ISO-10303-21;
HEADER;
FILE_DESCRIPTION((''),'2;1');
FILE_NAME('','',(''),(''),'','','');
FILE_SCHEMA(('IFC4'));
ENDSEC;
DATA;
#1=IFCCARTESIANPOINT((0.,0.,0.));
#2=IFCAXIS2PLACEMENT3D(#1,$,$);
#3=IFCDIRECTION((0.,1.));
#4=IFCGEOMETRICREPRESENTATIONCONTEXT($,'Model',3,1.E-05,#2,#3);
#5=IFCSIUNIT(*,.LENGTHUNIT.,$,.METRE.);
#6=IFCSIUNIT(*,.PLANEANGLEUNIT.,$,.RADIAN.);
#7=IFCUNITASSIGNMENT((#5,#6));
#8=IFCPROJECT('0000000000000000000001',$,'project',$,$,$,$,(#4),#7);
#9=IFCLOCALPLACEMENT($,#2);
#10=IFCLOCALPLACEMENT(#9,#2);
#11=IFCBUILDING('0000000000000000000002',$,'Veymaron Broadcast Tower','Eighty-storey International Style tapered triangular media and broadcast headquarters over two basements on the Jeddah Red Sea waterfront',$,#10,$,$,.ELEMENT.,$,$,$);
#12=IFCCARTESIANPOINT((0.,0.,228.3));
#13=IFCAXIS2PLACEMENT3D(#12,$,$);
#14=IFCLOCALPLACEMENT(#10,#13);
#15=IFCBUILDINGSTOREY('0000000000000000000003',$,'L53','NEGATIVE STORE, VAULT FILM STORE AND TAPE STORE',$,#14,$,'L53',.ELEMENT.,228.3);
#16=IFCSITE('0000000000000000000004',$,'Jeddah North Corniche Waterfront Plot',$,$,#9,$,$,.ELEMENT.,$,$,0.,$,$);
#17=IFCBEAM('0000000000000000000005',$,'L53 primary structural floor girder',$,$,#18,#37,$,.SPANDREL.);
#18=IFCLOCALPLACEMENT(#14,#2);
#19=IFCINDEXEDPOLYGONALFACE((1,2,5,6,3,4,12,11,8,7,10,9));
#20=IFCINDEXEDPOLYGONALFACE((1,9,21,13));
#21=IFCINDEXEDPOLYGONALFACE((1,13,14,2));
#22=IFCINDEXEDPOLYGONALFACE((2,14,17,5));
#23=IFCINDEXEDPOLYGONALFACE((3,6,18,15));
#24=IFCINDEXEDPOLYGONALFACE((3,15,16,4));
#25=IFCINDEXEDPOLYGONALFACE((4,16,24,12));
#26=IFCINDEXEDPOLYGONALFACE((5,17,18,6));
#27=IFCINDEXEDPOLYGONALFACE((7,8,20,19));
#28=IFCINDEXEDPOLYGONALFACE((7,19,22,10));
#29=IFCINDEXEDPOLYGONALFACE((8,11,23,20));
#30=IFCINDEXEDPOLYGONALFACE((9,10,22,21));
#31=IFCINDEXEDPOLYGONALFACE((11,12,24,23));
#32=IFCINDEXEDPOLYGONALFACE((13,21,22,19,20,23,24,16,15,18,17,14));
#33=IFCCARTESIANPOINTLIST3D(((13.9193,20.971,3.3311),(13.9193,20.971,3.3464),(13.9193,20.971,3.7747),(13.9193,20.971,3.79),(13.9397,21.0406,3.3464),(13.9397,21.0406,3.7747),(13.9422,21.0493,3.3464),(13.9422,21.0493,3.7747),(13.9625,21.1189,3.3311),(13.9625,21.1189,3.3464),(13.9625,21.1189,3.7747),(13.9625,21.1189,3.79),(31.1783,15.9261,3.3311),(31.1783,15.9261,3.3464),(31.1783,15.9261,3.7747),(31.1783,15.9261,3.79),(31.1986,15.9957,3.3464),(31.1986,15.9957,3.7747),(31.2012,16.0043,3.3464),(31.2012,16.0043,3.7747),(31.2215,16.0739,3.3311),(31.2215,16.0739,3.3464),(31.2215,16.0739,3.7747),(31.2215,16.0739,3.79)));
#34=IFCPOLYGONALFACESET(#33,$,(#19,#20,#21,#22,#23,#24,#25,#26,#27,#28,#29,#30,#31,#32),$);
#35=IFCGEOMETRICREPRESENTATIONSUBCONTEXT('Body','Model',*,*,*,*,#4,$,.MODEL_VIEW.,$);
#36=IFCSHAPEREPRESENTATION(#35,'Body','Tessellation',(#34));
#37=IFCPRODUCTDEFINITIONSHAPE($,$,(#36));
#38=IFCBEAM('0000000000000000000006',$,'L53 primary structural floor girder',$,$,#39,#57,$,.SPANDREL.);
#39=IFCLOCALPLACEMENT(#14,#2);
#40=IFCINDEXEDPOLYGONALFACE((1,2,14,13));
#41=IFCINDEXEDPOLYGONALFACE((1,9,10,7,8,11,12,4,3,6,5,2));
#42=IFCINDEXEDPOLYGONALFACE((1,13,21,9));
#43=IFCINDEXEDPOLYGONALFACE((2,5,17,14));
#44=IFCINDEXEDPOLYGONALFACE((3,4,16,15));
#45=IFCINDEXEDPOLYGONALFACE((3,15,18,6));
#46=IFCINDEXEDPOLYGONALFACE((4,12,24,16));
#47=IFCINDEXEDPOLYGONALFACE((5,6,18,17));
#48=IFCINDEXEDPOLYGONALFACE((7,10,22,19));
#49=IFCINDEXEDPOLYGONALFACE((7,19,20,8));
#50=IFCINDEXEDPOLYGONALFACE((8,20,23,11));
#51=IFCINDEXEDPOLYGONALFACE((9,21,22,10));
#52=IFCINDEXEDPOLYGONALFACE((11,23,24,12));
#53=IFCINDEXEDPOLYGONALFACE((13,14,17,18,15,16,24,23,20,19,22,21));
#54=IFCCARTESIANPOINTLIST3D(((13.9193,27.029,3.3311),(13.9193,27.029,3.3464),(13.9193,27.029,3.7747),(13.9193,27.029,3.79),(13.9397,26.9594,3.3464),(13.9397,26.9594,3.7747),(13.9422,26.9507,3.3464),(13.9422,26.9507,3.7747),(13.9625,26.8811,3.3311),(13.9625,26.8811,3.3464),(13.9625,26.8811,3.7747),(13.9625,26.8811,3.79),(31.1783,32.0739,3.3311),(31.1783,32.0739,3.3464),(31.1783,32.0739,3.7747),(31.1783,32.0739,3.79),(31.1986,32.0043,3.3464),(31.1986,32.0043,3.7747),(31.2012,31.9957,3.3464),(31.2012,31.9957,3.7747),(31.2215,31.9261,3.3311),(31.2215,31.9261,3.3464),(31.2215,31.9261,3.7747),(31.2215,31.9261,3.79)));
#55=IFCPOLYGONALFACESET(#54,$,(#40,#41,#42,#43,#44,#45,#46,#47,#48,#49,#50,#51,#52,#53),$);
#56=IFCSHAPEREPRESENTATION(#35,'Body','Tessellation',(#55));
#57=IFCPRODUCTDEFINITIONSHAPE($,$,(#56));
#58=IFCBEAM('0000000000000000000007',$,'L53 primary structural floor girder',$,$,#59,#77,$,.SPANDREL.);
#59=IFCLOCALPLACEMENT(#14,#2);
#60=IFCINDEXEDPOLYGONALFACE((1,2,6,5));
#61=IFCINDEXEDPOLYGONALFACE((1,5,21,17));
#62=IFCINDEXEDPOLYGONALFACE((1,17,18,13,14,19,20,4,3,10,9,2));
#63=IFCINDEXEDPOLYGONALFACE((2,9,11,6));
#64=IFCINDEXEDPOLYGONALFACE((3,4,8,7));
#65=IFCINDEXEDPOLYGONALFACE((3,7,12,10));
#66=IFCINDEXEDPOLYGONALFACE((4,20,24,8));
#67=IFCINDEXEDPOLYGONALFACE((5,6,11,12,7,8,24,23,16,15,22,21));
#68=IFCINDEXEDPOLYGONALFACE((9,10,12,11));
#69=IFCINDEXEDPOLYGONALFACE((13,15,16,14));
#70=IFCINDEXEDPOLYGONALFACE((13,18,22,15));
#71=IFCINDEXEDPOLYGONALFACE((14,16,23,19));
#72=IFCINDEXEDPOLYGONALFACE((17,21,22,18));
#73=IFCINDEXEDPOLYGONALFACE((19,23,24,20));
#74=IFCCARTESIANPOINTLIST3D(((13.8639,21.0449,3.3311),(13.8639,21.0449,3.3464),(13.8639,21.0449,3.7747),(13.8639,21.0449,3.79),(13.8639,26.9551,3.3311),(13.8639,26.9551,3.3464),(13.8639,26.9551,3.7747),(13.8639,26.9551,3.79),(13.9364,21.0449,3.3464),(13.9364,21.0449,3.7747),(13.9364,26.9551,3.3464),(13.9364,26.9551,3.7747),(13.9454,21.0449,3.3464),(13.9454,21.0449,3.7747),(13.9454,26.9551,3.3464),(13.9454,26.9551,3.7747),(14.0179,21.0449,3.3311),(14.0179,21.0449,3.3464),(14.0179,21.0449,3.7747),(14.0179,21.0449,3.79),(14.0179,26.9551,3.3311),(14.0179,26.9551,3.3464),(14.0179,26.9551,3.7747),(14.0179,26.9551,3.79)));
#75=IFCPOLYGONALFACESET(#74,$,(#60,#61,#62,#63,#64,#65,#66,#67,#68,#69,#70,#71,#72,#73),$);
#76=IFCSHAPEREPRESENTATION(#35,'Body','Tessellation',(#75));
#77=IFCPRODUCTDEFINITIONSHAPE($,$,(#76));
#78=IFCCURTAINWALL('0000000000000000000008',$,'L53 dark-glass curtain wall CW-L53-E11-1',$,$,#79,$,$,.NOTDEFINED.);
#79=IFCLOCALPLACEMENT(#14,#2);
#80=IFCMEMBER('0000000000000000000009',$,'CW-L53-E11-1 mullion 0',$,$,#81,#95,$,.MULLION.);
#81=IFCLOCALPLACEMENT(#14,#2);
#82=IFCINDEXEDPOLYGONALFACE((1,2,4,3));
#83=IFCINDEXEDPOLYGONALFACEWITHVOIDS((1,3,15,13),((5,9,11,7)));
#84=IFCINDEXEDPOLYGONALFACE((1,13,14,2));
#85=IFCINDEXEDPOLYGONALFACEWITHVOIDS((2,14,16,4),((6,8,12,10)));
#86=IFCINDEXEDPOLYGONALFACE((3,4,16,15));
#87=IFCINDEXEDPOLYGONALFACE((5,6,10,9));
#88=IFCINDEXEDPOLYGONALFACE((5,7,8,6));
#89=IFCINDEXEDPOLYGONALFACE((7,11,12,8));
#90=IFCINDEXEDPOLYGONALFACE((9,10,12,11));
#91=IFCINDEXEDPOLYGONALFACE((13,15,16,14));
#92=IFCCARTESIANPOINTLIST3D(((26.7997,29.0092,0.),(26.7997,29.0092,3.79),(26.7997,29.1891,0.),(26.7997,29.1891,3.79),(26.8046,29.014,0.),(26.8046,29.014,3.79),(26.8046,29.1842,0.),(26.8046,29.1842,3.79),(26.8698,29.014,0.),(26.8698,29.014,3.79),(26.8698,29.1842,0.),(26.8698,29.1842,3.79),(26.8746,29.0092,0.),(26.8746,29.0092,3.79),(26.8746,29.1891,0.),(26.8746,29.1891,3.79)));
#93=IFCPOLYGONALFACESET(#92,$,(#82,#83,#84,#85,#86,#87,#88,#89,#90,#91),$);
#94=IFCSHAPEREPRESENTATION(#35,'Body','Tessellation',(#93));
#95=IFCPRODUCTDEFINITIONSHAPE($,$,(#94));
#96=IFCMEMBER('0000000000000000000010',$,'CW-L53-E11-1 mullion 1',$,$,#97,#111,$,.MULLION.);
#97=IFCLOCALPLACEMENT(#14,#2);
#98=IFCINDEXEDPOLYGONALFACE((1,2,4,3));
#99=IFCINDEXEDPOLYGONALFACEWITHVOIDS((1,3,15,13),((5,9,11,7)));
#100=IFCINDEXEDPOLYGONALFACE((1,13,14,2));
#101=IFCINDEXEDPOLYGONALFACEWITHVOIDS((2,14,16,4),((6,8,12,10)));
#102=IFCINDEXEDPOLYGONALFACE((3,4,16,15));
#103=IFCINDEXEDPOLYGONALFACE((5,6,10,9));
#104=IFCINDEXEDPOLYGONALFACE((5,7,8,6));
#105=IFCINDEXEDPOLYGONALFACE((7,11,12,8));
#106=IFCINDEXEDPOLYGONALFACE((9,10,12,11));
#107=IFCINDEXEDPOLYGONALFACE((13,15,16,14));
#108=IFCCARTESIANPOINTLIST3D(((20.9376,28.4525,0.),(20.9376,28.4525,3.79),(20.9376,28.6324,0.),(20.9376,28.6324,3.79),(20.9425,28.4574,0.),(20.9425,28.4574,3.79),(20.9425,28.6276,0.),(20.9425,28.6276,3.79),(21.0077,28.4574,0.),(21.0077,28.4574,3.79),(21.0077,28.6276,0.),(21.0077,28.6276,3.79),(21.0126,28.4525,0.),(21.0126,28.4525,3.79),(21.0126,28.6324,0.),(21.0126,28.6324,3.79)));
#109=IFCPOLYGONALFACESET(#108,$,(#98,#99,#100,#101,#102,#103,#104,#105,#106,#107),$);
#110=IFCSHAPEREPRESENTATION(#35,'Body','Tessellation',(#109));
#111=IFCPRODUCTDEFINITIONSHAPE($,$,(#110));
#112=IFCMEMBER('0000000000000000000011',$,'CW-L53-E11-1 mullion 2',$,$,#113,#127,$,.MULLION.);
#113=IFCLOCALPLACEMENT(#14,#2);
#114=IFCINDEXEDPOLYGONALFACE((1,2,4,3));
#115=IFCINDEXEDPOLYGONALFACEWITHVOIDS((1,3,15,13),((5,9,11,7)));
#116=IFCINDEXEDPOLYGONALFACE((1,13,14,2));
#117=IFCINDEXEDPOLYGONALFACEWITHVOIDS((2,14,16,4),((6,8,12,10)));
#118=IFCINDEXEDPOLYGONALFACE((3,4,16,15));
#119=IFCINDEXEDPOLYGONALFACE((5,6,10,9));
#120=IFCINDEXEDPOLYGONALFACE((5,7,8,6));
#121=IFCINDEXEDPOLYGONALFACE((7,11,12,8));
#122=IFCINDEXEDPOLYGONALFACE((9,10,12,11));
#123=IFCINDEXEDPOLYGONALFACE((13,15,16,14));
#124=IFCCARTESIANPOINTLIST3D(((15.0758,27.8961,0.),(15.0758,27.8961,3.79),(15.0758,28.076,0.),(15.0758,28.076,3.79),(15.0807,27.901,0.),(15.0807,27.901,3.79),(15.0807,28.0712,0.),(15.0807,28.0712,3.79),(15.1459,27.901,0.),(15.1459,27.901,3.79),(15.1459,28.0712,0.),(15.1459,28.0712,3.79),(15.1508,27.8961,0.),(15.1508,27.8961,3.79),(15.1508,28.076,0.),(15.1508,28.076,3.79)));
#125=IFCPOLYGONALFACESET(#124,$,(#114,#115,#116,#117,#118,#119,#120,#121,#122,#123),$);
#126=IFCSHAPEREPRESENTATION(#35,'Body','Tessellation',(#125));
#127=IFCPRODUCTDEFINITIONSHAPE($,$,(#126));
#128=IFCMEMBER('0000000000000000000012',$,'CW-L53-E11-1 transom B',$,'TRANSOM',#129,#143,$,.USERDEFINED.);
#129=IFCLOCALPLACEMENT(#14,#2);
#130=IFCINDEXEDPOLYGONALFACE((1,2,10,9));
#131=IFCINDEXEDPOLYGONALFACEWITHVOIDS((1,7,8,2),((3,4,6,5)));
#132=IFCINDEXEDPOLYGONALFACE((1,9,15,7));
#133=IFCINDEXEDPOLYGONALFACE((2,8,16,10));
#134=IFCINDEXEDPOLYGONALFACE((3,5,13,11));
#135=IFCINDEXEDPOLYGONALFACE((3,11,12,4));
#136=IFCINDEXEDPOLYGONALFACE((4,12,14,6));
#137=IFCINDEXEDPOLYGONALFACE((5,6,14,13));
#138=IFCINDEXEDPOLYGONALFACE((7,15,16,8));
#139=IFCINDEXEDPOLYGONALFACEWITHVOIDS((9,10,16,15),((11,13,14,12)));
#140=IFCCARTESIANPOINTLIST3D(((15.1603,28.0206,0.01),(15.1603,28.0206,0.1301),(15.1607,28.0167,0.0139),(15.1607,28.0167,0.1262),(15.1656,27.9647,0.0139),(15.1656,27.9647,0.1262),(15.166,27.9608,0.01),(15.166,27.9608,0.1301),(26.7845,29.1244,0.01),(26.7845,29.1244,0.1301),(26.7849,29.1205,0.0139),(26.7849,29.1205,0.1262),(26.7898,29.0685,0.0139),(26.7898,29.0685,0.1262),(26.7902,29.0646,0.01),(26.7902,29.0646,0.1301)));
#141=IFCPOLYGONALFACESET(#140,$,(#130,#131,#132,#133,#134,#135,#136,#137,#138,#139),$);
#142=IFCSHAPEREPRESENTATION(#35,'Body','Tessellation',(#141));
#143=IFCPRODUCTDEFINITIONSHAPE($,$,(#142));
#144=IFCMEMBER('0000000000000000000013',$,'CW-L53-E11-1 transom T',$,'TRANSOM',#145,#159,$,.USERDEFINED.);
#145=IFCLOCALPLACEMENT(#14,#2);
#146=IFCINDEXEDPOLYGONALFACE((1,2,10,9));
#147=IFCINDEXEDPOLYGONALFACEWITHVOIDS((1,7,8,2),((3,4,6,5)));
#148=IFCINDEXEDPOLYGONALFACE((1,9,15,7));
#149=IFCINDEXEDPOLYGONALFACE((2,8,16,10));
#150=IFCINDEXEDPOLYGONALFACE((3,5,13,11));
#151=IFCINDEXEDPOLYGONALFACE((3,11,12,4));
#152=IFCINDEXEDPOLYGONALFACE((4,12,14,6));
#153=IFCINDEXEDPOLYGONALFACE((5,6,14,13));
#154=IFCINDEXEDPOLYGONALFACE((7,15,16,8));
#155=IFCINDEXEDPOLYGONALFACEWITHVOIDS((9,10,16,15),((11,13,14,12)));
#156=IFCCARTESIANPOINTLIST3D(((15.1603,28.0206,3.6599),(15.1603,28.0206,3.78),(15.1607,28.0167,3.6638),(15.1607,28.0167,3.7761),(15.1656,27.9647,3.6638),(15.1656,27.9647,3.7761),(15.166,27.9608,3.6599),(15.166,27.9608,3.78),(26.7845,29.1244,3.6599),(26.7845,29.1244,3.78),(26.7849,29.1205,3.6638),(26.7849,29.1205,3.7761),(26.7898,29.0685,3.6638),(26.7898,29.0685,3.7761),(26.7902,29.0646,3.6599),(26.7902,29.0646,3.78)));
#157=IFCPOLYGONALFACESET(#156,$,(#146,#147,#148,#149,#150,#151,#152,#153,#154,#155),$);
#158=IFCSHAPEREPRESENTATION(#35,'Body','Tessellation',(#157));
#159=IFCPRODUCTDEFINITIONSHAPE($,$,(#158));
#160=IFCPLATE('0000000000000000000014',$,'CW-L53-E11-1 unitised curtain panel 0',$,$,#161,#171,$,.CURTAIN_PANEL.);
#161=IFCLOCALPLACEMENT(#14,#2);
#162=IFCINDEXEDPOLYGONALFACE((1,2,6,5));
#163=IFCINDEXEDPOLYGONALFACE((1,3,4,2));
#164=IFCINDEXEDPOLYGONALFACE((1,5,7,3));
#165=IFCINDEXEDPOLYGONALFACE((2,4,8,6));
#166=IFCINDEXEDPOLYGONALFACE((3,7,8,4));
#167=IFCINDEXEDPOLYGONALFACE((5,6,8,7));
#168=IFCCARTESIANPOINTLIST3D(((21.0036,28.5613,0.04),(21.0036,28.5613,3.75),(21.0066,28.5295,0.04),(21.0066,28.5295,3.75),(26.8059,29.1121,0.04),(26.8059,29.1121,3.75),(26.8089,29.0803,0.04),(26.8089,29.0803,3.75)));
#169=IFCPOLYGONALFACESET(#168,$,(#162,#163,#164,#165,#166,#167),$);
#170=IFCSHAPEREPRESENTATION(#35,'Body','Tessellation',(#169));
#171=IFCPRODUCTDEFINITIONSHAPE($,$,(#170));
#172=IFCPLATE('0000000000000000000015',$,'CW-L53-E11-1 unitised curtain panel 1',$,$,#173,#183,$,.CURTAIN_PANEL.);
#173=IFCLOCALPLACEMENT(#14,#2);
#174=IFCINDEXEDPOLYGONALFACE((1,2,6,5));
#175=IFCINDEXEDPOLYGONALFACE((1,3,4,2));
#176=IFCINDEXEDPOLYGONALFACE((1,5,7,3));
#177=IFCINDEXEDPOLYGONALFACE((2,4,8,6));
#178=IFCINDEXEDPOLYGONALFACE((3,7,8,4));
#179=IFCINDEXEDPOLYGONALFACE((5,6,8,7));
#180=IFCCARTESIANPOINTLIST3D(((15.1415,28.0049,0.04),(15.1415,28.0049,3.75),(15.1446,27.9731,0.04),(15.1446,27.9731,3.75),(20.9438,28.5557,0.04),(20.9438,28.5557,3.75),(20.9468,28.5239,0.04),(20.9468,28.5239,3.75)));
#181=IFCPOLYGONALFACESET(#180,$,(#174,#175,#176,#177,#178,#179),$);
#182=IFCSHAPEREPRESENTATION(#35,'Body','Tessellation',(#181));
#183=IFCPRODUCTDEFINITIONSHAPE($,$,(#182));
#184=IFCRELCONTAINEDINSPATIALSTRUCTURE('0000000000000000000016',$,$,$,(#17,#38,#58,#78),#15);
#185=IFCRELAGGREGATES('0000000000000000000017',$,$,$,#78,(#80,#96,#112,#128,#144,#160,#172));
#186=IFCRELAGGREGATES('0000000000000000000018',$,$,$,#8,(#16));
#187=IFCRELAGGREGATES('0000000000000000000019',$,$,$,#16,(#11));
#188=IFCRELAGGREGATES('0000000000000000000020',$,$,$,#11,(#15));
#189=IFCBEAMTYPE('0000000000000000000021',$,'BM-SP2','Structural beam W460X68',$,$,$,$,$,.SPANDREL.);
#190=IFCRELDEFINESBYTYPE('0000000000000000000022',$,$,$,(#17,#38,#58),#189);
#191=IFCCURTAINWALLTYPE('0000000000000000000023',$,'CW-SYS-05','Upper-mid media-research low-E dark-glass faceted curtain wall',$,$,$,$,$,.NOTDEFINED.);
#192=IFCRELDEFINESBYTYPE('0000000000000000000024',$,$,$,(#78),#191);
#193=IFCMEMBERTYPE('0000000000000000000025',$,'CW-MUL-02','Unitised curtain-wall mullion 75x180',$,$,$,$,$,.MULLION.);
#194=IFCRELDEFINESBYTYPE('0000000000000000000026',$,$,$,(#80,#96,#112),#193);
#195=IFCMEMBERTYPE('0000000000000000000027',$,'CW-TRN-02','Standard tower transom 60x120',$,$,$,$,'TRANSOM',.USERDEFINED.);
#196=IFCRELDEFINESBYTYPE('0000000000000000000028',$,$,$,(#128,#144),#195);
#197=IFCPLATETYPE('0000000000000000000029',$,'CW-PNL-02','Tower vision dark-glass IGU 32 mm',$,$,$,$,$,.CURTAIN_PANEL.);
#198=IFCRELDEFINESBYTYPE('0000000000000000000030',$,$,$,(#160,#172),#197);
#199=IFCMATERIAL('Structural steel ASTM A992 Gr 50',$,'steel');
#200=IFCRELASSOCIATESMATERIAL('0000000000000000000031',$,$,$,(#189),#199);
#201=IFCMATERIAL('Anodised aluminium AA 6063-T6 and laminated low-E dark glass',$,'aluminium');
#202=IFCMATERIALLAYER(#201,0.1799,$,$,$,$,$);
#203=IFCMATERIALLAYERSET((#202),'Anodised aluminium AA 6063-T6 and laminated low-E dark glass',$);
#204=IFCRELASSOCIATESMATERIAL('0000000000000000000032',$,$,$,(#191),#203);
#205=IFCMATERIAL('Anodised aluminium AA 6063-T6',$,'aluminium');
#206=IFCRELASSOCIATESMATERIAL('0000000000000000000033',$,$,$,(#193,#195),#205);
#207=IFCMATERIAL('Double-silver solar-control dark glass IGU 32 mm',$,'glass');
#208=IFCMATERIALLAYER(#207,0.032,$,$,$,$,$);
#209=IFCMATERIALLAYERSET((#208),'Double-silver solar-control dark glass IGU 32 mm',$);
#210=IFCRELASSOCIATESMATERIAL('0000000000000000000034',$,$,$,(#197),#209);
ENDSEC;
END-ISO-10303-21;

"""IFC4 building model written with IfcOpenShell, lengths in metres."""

from ifc_helpers import new_model, si_unit, direction, frame, origin, origin_2d, place, context, subcontext, project, spatial, rectangle, hollow_rectangle, i_section, extrude, material, layer, layer_set, material_profile, profile_set, type_object, element, aggregate, save


model = new_model("IFC4")

# Units and contexts
model_context = context("Model", 3, precision=1e-05, world=origin(), true_north=direction((0.0, 1.0)))
body_context = subcontext(model_context, "Body", "Model", "MODEL_VIEW")
ifc_project = project(units=[si_unit("LENGTHUNIT", "METRE"), si_unit("PLANEANGLEUNIT", "RADIAN")], contexts=[model_context])

# Site, building, storey
site_placement = place(None, origin())
site = spatial("IfcSite", under=ifc_project, at=site_placement, Name="Jeddah North Corniche Waterfront Plot", CompositionType="ELEMENT", RefElevation=0.0)
building_placement = place(site_placement, origin())
building = spatial("IfcBuilding", under=site, at=building_placement, Name="Veymaron Broadcast Tower", Description="Eighty-storey International Style tapered triangular media and broadcast headquarters over two basements on the Jeddah Red Sea waterfront", CompositionType="ELEMENT")
storey_placement = place(building_placement, frame((0.0, 0.0, 228.3)))
storey = spatial("IfcBuildingStorey", under=building, at=storey_placement, Name="L53", Description="NEGATIVE STORE, VAULT FILM STORE AND TAPE STORE", LongName="L53", CompositionType="ELEMENT", Elevation=228.3)

# Beams
ifc_material_1 = material(Name="Structural steel ASTM A992 Gr 50", Category="steel")
ifc_material_profile_1 = material_profile(ifc_material_1, i_section(OverallWidth=0.1541, OverallDepth=0.459, WebThickness=0.009, FlangeThickness=0.0154, at=origin_2d()), Name="W460X68")
ifc_profile_set_1 = profile_set([ifc_material_profile_1], Name="Structural steel ASTM A992 Gr 50")
beam_type_1 = type_object("IfcBeamType", Name="BM-SP2", Description="Structural beam W460X68", PredefinedType="SPANDREL", material=ifc_profile_set_1)
for number, where, z_axis, x_axis, name in (
    (1, (13.9409, 21.0449, 3.5605), (0.959835, -0.280566, 0.0), (0.280566, 0.959835, 0.0), "L53 primary structural floor girder"),
    (2, (13.9409, 26.9551, 3.5605), (0.959835, 0.280566, 0.0), (-0.280566, 0.959835, 0.0), "L53 primary structural floor girder"),
):
    element("IfcBeam", number, at=place(storey_placement, frame(where, z_axis=z_axis, x_axis=x_axis)), inside=storey, type_object=beam_type_1, Name=name, PredefinedType="SPANDREL", context=body_context, shape_type="SweptSolid", body=[
        extrude(i_section(OverallWidth=0.1541, OverallDepth=0.459, WebThickness=0.009, FlangeThickness=0.0154, at=origin_2d()), origin(), (0.0, 0.0, 1.0), 17.9812),
    ])
beam_1_placement = place(storey_placement, frame((13.9409, 21.0449, 3.5605), z_axis=(0.0, 1.0, 0.0), x_axis=(-1.0, 0.0, 0.0)))
element("IfcBeam", 3, at=beam_1_placement, inside=storey, type_object=beam_type_1, Name="L53 primary structural floor girder", PredefinedType="SPANDREL", context=body_context, shape_type="SweptSolid", body=[
    extrude(i_section(OverallWidth=0.1541, OverallDepth=0.459, WebThickness=0.009, FlangeThickness=0.0154, at=origin_2d()), origin(), (0.0, 0.0, 1.0), 5.9102),
])

# Curtain wall, members, plates
ifc_material_2 = material(Name="Anodised aluminium AA 6063-T6 and laminated low-E dark glass", Category="aluminium")
ifc_layer_1 = layer(ifc_material_2, 0.1799)
ifc_layer_set_1 = layer_set([ifc_layer_1], Name="Anodised aluminium AA 6063-T6 and laminated low-E dark glass")
curtain_wall_type = type_object("IfcCurtainWallType", Name="CW-SYS-05", Description="Upper-mid media-research low-E dark-glass faceted curtain wall", PredefinedType="NOTDEFINED", material=ifc_layer_set_1)
curtain_wall_placement = place(storey_placement, origin())
curtain_wall = element("IfcCurtainWall", 4, at=curtain_wall_placement, inside=storey, type_object=curtain_wall_type, Name="L53 dark-glass curtain wall CW-L53-E11-1", PredefinedType="NOTDEFINED")
ifc_material_3 = material(Name="Anodised aluminium AA 6063-T6", Category="aluminium")
ifc_material_profile_2 = material_profile(ifc_material_3, hollow_rectangle(XDim=0.075, YDim=0.1799, WallThickness=0.0049, at=origin_2d()), Name="AL180X75X5")
ifc_profile_set_2 = profile_set([ifc_material_profile_2], Name="Anodised aluminium AA 6063-T6")
member_type_1 = type_object("IfcMemberType", Name="CW-MUL-02", Description="Unitised curtain-wall mullion 75x180", PredefinedType="MULLION", material=ifc_profile_set_2)
member_1_placement = place(storey_placement, frame((26.8372, 29.0991, 0.0), z_axis=(0.0, 0.0, 1.0), x_axis=(1.0, 0.0, 0.0)))
member_1 = element("IfcMember", 5, at=member_1_placement, type_object=member_type_1, Name="CW-L53-E11-1 mullion 0", PredefinedType="MULLION", context=body_context, shape_type="SweptSolid", body=[
    extrude(hollow_rectangle(XDim=0.075, YDim=0.1799, WallThickness=0.0049, at=origin_2d()), origin(), (0.0, 0.0, 1.0), 3.79),
])
member_2_placement = place(storey_placement, frame((20.9751, 28.5425, 0.0), z_axis=(0.0, 0.0, 1.0), x_axis=(1.0, 0.0, 0.0)))
member_2 = element("IfcMember", 6, at=member_2_placement, type_object=member_type_1, Name="CW-L53-E11-1 mullion 1", PredefinedType="MULLION", context=body_context, shape_type="SweptSolid", body=[
    extrude(hollow_rectangle(XDim=0.075, YDim=0.1799, WallThickness=0.0049, at=origin_2d()), origin(), (0.0, 0.0, 1.0), 3.79),
])
member_3_placement = place(storey_placement, frame((15.1133, 27.9861, 0.0), z_axis=(0.0, 0.0, 1.0), x_axis=(1.0, 0.0, 0.0)))
member_3 = element("IfcMember", 7, at=member_3_placement, type_object=member_type_1, Name="CW-L53-E11-1 mullion 2", PredefinedType="MULLION", context=body_context, shape_type="SweptSolid", body=[
    extrude(hollow_rectangle(XDim=0.075, YDim=0.1799, WallThickness=0.0049, at=origin_2d()), origin(), (0.0, 0.0, 1.0), 3.79),
])
ifc_material_profile_3 = material_profile(ifc_material_3, hollow_rectangle(XDim=0.0601, YDim=0.1201, WallThickness=0.0039, at=origin_2d()), Name="AL120X60X4")
ifc_profile_set_3 = profile_set([ifc_material_profile_3], Name="Anodised aluminium AA 6063-T6")
member_type_2 = type_object("IfcMemberType", Name="CW-TRN-02", Description="Standard tower transom 60x120", ElementType="TRANSOM", PredefinedType="USERDEFINED", material=ifc_profile_set_3)
member_4_placement = place(storey_placement, frame((26.7874, 29.0945, 0.0701), z_axis=(-0.995522, -0.094528, 0.0), x_axis=(0.094528, -0.995522, 0.0)))
member_4 = element("IfcMember", 8, at=member_4_placement, type_object=member_type_2, Name="CW-L53-E11-1 transom B", ObjectType="TRANSOM", PredefinedType="USERDEFINED", context=body_context, shape_type="SweptSolid", body=[
    extrude(hollow_rectangle(XDim=0.0601, YDim=0.1201, WallThickness=0.0039, at=origin_2d()), origin(), (0.0, 0.0, 1.0), 11.6765),
])
member_5_placement = place(storey_placement, frame((26.7874, 29.0945, 3.72), z_axis=(-0.995522, -0.094528, 0.0), x_axis=(0.094528, -0.995522, 0.0)))
member_5 = element("IfcMember", 9, at=member_5_placement, type_object=member_type_2, Name="CW-L53-E11-1 transom T", ObjectType="TRANSOM", PredefinedType="USERDEFINED", context=body_context, shape_type="SweptSolid", body=[
    extrude(hollow_rectangle(XDim=0.0601, YDim=0.1201, WallThickness=0.0039, at=origin_2d()), origin(), (0.0, 0.0, 1.0), 11.6765),
])
ifc_material_4 = material(Name="Double-silver solar-control dark glass IGU 32 mm", Category="glass")
ifc_layer_2 = layer(ifc_material_4, 0.032)
ifc_layer_set_2 = layer_set([ifc_layer_2], Name="Double-silver solar-control dark glass IGU 32 mm")
plate_type = type_object("IfcPlateType", Name="CW-PNL-02", Description="Tower vision dark-glass IGU 32 mm", PredefinedType="CURTAIN_PANEL", material=ifc_layer_set_2)
plate_1_placement = place(storey_placement, frame((23.9062, 28.8208, 0.04), z_axis=(0.0, 0.0, 1.0), x_axis=(-0.995524, -0.094508, 0.0)))
plate_1 = element("IfcPlate", 10, at=plate_1_placement, type_object=plate_type, Name="CW-L53-E11-1 unitised curtain panel 0", PredefinedType="CURTAIN_PANEL", context=body_context, shape_type="SweptSolid", body=[
    extrude(rectangle(XDim=5.8284, YDim=0.032, at=origin_2d()), origin(), (0.0, 0.0, 1.0), 3.71),
])
plate_2_placement = place(storey_placement, frame((18.0442, 28.2644, 0.04), z_axis=(0.0, 0.0, 1.0), x_axis=(-0.995524, -0.094508, 0.0)))
plate_2 = element("IfcPlate", 11, at=plate_2_placement, type_object=plate_type, Name="CW-L53-E11-1 unitised curtain panel 1", PredefinedType="CURTAIN_PANEL", context=body_context, shape_type="SweptSolid", body=[
    extrude(rectangle(XDim=5.8284, YDim=0.032, at=origin_2d()), origin(), (0.0, 0.0, 1.0), 3.71),
])
aggregate(curtain_wall, [member_1, member_2, member_3, member_4, member_5, plate_1, plate_2])

save(model, "model.ifc")
